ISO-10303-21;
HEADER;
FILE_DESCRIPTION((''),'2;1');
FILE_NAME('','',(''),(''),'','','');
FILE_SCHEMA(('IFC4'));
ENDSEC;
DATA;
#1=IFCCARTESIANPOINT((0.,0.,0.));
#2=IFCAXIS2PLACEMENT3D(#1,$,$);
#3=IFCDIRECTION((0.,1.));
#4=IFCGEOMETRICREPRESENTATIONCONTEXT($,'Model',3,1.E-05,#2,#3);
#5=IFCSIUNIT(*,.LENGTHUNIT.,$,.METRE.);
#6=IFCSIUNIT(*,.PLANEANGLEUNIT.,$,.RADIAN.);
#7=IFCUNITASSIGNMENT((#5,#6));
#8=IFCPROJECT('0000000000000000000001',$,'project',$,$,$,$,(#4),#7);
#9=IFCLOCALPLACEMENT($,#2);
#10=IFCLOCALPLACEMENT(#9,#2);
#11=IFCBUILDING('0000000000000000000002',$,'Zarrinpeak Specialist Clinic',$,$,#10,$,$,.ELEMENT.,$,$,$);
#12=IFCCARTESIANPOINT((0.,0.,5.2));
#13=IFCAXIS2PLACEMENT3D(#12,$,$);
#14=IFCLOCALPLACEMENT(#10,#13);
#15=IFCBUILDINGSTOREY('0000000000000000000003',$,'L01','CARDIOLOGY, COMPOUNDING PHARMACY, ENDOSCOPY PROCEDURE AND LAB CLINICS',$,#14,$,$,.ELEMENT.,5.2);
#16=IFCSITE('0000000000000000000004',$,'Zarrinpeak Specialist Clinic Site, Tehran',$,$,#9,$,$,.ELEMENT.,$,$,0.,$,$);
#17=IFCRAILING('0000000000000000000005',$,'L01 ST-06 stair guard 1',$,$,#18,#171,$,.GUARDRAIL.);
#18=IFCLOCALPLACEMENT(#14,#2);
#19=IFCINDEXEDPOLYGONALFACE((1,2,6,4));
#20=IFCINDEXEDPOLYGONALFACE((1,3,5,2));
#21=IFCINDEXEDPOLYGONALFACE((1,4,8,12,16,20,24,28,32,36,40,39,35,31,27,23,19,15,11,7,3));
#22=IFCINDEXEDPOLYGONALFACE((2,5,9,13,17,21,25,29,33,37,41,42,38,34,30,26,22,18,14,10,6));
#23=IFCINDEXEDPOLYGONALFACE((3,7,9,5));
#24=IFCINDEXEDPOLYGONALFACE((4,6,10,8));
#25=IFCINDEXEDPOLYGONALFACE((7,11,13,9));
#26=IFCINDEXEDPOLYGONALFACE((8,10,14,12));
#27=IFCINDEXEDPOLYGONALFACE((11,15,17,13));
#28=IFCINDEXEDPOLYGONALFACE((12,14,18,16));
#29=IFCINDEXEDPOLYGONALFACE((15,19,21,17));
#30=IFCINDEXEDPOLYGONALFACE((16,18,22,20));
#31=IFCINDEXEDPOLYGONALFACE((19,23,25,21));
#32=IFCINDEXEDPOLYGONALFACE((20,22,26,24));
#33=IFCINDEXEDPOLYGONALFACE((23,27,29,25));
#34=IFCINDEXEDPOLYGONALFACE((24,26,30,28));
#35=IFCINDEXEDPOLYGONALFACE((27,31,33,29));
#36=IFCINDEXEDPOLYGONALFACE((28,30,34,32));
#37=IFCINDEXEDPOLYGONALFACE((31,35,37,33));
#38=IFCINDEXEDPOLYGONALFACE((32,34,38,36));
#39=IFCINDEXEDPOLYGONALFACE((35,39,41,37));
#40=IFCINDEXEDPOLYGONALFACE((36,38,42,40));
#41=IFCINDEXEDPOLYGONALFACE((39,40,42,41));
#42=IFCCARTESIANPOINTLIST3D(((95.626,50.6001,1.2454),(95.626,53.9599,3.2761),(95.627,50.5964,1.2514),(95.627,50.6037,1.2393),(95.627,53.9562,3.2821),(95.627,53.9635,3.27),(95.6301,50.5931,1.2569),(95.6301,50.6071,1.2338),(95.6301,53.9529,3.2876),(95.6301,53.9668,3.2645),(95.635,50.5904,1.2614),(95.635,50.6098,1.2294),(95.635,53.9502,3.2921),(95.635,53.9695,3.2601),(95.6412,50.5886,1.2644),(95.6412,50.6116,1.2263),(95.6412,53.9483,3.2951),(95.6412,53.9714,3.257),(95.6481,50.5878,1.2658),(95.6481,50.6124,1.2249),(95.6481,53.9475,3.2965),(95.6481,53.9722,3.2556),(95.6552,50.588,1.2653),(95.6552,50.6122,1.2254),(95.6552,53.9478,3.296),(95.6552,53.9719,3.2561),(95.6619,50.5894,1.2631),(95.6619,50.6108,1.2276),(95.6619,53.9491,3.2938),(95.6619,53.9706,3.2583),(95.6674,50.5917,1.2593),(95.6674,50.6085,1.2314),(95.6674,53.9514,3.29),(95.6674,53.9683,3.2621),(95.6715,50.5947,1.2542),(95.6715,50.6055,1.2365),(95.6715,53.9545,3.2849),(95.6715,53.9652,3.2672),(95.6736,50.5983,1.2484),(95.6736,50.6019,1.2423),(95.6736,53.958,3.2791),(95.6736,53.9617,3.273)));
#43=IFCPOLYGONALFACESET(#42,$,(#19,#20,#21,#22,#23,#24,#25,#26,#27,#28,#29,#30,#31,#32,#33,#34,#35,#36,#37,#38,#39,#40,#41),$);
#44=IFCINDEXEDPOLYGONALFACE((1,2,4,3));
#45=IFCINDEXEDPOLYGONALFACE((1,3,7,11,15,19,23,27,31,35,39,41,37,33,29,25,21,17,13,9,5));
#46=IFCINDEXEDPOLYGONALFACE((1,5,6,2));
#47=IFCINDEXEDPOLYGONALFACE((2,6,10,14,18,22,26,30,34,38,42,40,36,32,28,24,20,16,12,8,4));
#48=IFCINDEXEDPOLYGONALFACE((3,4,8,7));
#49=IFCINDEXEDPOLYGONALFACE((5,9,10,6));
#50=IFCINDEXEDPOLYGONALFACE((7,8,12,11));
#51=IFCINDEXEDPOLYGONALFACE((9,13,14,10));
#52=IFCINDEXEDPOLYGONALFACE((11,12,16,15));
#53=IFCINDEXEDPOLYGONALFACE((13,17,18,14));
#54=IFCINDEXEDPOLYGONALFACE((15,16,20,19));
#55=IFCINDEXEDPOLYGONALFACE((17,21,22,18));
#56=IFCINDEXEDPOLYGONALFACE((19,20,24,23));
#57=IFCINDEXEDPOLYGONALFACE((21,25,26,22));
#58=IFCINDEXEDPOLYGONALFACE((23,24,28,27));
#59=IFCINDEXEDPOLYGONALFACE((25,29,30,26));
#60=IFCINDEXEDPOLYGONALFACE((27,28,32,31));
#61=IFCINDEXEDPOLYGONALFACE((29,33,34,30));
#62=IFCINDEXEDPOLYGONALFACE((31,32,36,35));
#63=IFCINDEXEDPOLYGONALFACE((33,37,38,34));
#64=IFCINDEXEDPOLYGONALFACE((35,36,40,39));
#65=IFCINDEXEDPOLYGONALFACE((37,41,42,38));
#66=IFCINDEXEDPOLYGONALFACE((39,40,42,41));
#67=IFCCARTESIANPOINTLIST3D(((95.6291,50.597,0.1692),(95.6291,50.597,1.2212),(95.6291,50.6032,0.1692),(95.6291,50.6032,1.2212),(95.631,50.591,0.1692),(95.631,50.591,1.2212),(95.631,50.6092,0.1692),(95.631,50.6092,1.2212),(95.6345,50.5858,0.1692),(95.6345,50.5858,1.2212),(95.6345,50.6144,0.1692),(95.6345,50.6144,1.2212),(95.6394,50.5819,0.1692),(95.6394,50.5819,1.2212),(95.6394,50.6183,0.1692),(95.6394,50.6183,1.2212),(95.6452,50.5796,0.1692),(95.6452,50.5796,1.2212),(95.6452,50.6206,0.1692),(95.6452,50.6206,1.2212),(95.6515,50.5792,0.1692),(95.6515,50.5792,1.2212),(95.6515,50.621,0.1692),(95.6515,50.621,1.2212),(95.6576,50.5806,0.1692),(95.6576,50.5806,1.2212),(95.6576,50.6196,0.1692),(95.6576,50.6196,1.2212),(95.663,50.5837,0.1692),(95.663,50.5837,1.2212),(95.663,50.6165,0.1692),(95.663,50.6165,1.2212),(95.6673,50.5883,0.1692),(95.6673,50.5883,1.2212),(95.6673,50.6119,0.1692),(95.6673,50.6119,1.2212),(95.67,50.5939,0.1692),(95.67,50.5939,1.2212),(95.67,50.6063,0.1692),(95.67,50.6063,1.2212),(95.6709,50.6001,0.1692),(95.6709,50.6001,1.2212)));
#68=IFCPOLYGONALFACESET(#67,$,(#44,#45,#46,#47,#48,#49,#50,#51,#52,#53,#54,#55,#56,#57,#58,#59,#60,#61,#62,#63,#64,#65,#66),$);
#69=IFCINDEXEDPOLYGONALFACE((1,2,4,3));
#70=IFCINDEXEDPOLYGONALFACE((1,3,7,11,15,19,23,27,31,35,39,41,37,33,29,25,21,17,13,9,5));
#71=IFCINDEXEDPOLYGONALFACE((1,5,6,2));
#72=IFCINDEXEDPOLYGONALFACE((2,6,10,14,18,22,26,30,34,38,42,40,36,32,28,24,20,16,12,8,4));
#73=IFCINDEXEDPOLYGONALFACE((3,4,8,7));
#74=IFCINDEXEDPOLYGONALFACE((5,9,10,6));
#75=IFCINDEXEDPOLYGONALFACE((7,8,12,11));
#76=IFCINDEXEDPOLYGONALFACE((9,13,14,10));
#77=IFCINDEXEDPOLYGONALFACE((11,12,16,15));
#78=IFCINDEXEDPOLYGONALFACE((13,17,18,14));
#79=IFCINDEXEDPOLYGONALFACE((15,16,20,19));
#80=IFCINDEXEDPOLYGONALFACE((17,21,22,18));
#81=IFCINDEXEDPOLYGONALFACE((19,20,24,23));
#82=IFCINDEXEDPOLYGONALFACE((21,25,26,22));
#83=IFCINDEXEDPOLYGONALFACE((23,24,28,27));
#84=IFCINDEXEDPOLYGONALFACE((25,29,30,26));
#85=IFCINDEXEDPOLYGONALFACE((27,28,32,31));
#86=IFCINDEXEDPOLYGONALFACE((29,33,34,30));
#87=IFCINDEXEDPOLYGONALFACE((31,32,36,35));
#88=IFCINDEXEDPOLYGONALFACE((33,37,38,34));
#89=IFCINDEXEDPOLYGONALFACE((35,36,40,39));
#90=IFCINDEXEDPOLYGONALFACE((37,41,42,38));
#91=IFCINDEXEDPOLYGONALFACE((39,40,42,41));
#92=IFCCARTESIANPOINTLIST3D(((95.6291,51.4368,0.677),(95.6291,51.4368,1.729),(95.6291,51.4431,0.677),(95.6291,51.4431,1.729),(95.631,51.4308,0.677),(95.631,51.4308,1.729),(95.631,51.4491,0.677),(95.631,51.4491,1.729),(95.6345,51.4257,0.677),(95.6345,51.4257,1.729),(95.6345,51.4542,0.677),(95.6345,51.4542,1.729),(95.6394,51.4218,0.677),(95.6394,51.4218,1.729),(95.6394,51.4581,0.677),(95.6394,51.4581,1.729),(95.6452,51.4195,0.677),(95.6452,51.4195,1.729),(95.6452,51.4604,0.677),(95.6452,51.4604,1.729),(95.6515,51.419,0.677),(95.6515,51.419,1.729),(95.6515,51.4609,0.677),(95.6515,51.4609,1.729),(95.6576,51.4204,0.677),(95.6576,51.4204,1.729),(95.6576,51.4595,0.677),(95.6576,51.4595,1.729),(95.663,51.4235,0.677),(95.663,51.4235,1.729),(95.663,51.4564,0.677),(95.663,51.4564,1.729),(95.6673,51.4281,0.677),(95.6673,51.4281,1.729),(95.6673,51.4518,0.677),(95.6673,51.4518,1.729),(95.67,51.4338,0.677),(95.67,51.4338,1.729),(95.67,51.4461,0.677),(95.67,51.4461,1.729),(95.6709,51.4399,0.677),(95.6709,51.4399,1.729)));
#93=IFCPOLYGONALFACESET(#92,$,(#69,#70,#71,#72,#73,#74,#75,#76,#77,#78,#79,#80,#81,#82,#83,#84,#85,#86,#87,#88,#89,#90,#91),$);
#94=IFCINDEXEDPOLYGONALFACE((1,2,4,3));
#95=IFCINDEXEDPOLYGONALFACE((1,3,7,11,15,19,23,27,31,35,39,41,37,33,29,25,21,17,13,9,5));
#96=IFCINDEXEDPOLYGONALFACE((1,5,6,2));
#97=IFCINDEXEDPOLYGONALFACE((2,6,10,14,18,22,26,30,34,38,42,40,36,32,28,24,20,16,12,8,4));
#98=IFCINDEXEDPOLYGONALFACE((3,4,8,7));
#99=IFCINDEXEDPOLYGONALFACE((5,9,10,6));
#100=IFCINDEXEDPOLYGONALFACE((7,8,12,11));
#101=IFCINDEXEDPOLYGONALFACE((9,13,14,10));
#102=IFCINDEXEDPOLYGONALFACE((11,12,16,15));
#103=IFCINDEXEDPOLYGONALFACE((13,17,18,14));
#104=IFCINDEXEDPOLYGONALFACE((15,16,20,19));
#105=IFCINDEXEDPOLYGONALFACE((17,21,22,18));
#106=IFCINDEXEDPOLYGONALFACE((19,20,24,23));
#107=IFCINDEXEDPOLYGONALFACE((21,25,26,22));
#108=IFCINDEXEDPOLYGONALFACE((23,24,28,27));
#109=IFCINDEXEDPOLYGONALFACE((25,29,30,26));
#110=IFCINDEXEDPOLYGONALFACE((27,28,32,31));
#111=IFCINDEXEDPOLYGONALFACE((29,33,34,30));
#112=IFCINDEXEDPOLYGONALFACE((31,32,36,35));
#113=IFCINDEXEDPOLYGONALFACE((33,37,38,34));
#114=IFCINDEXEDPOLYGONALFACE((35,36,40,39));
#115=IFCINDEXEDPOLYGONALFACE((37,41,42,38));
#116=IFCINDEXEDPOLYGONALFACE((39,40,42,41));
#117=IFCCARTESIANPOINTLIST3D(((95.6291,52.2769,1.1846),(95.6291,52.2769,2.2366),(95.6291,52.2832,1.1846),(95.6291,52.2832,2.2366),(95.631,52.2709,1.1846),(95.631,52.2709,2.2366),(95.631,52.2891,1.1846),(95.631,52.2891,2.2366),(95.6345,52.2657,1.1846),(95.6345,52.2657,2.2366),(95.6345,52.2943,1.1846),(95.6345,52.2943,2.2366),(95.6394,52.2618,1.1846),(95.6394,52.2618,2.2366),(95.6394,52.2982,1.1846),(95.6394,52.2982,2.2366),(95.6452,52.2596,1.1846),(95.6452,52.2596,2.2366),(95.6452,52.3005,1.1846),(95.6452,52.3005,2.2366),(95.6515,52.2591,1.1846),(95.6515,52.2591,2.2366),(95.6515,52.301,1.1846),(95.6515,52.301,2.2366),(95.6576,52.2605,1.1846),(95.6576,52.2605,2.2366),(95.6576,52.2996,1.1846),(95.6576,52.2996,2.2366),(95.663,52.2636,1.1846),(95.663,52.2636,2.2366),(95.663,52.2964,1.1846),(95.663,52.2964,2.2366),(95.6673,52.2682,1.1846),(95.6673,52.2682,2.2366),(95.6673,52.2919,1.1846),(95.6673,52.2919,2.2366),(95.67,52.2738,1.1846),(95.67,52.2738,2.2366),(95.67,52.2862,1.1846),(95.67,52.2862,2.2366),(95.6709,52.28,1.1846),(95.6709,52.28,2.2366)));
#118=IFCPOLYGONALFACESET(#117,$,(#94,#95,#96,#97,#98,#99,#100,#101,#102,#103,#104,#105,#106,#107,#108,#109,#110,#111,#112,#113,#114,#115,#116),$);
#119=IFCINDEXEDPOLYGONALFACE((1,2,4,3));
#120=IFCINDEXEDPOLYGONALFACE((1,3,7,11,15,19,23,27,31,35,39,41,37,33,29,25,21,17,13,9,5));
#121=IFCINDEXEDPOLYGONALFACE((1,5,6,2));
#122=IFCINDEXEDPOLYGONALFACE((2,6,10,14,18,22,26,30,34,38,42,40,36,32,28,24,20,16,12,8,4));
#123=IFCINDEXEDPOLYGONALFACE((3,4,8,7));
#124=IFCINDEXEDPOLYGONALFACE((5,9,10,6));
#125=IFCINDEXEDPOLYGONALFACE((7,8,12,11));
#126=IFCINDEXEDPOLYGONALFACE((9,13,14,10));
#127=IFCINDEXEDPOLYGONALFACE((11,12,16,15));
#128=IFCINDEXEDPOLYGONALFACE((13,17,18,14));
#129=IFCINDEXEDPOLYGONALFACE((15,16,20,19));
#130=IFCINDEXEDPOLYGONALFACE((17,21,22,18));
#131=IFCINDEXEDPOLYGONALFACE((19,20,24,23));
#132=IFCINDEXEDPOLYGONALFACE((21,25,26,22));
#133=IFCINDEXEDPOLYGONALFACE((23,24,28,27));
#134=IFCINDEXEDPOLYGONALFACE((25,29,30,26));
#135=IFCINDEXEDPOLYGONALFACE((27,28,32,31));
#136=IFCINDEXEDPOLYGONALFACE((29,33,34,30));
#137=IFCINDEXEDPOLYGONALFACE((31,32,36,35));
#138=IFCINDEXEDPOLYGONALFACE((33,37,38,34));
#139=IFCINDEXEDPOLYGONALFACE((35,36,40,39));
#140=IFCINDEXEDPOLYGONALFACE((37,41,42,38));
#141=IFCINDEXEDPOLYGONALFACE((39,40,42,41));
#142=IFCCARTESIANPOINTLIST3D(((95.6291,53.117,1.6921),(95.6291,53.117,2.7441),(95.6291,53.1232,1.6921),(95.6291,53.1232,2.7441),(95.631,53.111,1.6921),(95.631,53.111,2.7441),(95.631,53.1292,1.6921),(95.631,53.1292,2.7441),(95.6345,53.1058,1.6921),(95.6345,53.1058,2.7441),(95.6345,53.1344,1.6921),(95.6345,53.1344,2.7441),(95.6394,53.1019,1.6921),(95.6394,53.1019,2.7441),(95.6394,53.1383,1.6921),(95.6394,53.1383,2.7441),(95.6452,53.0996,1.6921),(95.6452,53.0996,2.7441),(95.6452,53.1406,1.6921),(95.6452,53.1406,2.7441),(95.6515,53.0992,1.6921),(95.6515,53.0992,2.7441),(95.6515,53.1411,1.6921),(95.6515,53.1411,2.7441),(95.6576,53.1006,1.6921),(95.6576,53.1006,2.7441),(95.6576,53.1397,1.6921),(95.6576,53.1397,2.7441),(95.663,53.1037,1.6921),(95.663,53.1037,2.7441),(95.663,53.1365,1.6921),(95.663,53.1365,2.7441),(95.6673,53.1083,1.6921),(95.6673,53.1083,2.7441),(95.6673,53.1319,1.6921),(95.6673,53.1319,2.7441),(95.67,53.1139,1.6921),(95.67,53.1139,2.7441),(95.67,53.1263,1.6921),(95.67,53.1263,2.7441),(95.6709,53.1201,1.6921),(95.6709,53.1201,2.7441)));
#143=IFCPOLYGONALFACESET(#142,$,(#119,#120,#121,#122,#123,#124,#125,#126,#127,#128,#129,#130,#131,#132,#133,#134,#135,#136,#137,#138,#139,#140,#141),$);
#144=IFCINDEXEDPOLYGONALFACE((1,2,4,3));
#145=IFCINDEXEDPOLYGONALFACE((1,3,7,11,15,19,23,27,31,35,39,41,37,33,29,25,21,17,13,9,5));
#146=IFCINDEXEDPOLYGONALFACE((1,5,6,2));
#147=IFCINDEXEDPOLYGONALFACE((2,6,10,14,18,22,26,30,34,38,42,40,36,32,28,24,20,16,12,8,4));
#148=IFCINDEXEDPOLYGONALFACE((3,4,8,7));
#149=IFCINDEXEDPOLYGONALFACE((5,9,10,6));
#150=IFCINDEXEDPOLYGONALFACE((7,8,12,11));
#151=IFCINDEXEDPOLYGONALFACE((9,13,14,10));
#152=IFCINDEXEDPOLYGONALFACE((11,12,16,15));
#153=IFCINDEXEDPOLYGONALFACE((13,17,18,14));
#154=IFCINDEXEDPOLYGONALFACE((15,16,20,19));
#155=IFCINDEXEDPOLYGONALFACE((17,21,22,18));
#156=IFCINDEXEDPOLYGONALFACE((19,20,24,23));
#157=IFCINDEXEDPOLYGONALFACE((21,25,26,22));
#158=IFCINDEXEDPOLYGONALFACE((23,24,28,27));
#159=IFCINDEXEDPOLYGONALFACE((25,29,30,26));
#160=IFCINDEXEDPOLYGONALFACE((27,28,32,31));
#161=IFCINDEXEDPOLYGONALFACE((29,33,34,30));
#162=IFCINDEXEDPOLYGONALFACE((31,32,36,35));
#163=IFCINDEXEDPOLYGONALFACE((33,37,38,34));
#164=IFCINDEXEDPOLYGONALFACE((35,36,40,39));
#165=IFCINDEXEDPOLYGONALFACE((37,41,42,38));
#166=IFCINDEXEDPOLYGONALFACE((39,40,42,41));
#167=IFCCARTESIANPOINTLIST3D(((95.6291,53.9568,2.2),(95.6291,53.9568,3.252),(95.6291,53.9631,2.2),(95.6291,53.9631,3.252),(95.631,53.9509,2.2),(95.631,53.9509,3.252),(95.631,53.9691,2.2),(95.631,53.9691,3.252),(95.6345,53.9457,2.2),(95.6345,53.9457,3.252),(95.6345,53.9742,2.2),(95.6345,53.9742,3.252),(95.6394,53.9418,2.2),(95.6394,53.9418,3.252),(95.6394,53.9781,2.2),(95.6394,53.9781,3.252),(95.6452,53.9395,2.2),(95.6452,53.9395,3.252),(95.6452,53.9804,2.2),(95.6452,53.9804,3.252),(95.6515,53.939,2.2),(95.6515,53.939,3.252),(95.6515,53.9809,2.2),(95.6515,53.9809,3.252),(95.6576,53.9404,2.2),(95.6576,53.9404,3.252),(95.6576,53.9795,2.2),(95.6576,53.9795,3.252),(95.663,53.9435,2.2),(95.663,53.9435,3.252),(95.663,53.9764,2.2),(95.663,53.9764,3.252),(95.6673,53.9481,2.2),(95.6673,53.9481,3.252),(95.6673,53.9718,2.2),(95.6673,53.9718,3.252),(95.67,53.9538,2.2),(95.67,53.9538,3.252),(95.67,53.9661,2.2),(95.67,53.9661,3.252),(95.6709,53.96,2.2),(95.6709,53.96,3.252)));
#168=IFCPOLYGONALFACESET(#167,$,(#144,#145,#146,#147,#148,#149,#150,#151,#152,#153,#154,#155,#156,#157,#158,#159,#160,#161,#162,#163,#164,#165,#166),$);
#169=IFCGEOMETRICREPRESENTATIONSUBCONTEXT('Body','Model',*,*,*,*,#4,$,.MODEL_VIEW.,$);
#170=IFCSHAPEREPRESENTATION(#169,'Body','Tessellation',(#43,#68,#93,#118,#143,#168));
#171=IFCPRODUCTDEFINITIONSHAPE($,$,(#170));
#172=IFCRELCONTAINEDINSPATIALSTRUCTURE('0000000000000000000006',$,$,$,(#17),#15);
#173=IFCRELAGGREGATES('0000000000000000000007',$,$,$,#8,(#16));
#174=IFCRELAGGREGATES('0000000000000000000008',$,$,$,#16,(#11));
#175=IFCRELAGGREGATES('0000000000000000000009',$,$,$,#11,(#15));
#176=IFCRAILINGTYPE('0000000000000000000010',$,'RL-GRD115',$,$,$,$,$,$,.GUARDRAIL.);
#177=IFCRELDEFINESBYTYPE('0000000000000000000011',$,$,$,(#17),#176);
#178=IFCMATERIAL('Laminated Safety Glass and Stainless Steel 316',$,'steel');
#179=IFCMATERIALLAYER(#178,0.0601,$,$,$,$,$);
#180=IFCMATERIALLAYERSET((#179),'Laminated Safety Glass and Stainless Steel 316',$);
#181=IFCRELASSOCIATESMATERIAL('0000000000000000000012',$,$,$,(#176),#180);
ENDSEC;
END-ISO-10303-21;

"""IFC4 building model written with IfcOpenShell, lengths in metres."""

from ifc_helpers import new_model, si_unit, direction, frame, origin, origin_2d, place, context, subcontext, project, spatial, circle, extrude, material, layer, layer_set, type_object, element, save


model = new_model("IFC4")

# Units and contexts
model_context = context("Model", 3, precision=1e-05, world=origin(), true_north=direction((0.0, 1.0)))
body_context = subcontext(model_context, "Body", "Model", "MODEL_VIEW")
ifc_project = project(units=[si_unit("LENGTHUNIT", "METRE"), si_unit("PLANEANGLEUNIT", "RADIAN")], contexts=[model_context])

# Site, building, storey
site_placement = place(None, origin())
site = spatial("IfcSite", under=ifc_project, at=site_placement, Name="Zarrinpeak Specialist Clinic Site, Tehran", CompositionType="ELEMENT", RefElevation=0.0)
building_placement = place(site_placement, origin())
building = spatial("IfcBuilding", under=site, at=building_placement, Name="Zarrinpeak Specialist Clinic", CompositionType="ELEMENT")
storey_placement = place(building_placement, frame((0.0, 0.0, 5.2)))
storey = spatial("IfcBuildingStorey", under=building, at=storey_placement, Name="L01", Description="CARDIOLOGY, COMPOUNDING PHARMACY, ENDOSCOPY PROCEDURE AND LAB CLINICS", CompositionType="ELEMENT", Elevation=5.2)

# Railing
ifc_material_1 = material(Name="Laminated Safety Glass and Stainless Steel 316", Category="steel")
ifc_layer_1 = layer(ifc_material_1, 0.0601)
ifc_layer_set_1 = layer_set([ifc_layer_1], Name="Laminated Safety Glass and Stainless Steel 316")
railing_type_1 = type_object("IfcRailingType", Name="RL-GRD115", PredefinedType="GUARDRAIL", material=ifc_layer_set_1)
railing_1_placement = place(storey_placement, frame((95.6499, 50.6001, 0.1692)))
element("IfcRailing", 1, at=railing_1_placement, inside=storey, type_object=railing_type_1, Name="L01 ST-06 stair guard 1", PredefinedType="GUARDRAIL", context=body_context, shape_type="SweptSolid", body=[
    extrude(circle(Radius=0.0239, at=origin_2d()), frame((0.0, 0.0, 1.0762), z_axis=(0.0, 0.85582, 0.517273), x_axis=(-1.0, 0.0, 0.0)), (0.0, 0.0, 1.0), 3.9258),
    extrude(circle(Radius=0.021, at=origin_2d()), origin(), (0.0, 0.0, 1.0), 1.052),
    extrude(circle(Radius=0.021, at=origin_2d()), frame((0.0, 0.8398, 0.5078)), (0.0, 0.0, 1.0), 1.052),
    extrude(circle(Radius=0.021, at=origin_2d()), frame((0.0, 1.6799, 1.0154)), (0.0, 0.0, 1.0), 1.052),
    extrude(circle(Radius=0.021, at=origin_2d()), frame((0.0, 2.52, 1.5229)), (0.0, 0.0, 1.0), 1.052),
    extrude(circle(Radius=0.021, at=origin_2d()), frame((0.0, 3.3599, 2.0308)), (0.0, 0.0, 1.0), 1.052),
])

save(model, "model.ifc")
